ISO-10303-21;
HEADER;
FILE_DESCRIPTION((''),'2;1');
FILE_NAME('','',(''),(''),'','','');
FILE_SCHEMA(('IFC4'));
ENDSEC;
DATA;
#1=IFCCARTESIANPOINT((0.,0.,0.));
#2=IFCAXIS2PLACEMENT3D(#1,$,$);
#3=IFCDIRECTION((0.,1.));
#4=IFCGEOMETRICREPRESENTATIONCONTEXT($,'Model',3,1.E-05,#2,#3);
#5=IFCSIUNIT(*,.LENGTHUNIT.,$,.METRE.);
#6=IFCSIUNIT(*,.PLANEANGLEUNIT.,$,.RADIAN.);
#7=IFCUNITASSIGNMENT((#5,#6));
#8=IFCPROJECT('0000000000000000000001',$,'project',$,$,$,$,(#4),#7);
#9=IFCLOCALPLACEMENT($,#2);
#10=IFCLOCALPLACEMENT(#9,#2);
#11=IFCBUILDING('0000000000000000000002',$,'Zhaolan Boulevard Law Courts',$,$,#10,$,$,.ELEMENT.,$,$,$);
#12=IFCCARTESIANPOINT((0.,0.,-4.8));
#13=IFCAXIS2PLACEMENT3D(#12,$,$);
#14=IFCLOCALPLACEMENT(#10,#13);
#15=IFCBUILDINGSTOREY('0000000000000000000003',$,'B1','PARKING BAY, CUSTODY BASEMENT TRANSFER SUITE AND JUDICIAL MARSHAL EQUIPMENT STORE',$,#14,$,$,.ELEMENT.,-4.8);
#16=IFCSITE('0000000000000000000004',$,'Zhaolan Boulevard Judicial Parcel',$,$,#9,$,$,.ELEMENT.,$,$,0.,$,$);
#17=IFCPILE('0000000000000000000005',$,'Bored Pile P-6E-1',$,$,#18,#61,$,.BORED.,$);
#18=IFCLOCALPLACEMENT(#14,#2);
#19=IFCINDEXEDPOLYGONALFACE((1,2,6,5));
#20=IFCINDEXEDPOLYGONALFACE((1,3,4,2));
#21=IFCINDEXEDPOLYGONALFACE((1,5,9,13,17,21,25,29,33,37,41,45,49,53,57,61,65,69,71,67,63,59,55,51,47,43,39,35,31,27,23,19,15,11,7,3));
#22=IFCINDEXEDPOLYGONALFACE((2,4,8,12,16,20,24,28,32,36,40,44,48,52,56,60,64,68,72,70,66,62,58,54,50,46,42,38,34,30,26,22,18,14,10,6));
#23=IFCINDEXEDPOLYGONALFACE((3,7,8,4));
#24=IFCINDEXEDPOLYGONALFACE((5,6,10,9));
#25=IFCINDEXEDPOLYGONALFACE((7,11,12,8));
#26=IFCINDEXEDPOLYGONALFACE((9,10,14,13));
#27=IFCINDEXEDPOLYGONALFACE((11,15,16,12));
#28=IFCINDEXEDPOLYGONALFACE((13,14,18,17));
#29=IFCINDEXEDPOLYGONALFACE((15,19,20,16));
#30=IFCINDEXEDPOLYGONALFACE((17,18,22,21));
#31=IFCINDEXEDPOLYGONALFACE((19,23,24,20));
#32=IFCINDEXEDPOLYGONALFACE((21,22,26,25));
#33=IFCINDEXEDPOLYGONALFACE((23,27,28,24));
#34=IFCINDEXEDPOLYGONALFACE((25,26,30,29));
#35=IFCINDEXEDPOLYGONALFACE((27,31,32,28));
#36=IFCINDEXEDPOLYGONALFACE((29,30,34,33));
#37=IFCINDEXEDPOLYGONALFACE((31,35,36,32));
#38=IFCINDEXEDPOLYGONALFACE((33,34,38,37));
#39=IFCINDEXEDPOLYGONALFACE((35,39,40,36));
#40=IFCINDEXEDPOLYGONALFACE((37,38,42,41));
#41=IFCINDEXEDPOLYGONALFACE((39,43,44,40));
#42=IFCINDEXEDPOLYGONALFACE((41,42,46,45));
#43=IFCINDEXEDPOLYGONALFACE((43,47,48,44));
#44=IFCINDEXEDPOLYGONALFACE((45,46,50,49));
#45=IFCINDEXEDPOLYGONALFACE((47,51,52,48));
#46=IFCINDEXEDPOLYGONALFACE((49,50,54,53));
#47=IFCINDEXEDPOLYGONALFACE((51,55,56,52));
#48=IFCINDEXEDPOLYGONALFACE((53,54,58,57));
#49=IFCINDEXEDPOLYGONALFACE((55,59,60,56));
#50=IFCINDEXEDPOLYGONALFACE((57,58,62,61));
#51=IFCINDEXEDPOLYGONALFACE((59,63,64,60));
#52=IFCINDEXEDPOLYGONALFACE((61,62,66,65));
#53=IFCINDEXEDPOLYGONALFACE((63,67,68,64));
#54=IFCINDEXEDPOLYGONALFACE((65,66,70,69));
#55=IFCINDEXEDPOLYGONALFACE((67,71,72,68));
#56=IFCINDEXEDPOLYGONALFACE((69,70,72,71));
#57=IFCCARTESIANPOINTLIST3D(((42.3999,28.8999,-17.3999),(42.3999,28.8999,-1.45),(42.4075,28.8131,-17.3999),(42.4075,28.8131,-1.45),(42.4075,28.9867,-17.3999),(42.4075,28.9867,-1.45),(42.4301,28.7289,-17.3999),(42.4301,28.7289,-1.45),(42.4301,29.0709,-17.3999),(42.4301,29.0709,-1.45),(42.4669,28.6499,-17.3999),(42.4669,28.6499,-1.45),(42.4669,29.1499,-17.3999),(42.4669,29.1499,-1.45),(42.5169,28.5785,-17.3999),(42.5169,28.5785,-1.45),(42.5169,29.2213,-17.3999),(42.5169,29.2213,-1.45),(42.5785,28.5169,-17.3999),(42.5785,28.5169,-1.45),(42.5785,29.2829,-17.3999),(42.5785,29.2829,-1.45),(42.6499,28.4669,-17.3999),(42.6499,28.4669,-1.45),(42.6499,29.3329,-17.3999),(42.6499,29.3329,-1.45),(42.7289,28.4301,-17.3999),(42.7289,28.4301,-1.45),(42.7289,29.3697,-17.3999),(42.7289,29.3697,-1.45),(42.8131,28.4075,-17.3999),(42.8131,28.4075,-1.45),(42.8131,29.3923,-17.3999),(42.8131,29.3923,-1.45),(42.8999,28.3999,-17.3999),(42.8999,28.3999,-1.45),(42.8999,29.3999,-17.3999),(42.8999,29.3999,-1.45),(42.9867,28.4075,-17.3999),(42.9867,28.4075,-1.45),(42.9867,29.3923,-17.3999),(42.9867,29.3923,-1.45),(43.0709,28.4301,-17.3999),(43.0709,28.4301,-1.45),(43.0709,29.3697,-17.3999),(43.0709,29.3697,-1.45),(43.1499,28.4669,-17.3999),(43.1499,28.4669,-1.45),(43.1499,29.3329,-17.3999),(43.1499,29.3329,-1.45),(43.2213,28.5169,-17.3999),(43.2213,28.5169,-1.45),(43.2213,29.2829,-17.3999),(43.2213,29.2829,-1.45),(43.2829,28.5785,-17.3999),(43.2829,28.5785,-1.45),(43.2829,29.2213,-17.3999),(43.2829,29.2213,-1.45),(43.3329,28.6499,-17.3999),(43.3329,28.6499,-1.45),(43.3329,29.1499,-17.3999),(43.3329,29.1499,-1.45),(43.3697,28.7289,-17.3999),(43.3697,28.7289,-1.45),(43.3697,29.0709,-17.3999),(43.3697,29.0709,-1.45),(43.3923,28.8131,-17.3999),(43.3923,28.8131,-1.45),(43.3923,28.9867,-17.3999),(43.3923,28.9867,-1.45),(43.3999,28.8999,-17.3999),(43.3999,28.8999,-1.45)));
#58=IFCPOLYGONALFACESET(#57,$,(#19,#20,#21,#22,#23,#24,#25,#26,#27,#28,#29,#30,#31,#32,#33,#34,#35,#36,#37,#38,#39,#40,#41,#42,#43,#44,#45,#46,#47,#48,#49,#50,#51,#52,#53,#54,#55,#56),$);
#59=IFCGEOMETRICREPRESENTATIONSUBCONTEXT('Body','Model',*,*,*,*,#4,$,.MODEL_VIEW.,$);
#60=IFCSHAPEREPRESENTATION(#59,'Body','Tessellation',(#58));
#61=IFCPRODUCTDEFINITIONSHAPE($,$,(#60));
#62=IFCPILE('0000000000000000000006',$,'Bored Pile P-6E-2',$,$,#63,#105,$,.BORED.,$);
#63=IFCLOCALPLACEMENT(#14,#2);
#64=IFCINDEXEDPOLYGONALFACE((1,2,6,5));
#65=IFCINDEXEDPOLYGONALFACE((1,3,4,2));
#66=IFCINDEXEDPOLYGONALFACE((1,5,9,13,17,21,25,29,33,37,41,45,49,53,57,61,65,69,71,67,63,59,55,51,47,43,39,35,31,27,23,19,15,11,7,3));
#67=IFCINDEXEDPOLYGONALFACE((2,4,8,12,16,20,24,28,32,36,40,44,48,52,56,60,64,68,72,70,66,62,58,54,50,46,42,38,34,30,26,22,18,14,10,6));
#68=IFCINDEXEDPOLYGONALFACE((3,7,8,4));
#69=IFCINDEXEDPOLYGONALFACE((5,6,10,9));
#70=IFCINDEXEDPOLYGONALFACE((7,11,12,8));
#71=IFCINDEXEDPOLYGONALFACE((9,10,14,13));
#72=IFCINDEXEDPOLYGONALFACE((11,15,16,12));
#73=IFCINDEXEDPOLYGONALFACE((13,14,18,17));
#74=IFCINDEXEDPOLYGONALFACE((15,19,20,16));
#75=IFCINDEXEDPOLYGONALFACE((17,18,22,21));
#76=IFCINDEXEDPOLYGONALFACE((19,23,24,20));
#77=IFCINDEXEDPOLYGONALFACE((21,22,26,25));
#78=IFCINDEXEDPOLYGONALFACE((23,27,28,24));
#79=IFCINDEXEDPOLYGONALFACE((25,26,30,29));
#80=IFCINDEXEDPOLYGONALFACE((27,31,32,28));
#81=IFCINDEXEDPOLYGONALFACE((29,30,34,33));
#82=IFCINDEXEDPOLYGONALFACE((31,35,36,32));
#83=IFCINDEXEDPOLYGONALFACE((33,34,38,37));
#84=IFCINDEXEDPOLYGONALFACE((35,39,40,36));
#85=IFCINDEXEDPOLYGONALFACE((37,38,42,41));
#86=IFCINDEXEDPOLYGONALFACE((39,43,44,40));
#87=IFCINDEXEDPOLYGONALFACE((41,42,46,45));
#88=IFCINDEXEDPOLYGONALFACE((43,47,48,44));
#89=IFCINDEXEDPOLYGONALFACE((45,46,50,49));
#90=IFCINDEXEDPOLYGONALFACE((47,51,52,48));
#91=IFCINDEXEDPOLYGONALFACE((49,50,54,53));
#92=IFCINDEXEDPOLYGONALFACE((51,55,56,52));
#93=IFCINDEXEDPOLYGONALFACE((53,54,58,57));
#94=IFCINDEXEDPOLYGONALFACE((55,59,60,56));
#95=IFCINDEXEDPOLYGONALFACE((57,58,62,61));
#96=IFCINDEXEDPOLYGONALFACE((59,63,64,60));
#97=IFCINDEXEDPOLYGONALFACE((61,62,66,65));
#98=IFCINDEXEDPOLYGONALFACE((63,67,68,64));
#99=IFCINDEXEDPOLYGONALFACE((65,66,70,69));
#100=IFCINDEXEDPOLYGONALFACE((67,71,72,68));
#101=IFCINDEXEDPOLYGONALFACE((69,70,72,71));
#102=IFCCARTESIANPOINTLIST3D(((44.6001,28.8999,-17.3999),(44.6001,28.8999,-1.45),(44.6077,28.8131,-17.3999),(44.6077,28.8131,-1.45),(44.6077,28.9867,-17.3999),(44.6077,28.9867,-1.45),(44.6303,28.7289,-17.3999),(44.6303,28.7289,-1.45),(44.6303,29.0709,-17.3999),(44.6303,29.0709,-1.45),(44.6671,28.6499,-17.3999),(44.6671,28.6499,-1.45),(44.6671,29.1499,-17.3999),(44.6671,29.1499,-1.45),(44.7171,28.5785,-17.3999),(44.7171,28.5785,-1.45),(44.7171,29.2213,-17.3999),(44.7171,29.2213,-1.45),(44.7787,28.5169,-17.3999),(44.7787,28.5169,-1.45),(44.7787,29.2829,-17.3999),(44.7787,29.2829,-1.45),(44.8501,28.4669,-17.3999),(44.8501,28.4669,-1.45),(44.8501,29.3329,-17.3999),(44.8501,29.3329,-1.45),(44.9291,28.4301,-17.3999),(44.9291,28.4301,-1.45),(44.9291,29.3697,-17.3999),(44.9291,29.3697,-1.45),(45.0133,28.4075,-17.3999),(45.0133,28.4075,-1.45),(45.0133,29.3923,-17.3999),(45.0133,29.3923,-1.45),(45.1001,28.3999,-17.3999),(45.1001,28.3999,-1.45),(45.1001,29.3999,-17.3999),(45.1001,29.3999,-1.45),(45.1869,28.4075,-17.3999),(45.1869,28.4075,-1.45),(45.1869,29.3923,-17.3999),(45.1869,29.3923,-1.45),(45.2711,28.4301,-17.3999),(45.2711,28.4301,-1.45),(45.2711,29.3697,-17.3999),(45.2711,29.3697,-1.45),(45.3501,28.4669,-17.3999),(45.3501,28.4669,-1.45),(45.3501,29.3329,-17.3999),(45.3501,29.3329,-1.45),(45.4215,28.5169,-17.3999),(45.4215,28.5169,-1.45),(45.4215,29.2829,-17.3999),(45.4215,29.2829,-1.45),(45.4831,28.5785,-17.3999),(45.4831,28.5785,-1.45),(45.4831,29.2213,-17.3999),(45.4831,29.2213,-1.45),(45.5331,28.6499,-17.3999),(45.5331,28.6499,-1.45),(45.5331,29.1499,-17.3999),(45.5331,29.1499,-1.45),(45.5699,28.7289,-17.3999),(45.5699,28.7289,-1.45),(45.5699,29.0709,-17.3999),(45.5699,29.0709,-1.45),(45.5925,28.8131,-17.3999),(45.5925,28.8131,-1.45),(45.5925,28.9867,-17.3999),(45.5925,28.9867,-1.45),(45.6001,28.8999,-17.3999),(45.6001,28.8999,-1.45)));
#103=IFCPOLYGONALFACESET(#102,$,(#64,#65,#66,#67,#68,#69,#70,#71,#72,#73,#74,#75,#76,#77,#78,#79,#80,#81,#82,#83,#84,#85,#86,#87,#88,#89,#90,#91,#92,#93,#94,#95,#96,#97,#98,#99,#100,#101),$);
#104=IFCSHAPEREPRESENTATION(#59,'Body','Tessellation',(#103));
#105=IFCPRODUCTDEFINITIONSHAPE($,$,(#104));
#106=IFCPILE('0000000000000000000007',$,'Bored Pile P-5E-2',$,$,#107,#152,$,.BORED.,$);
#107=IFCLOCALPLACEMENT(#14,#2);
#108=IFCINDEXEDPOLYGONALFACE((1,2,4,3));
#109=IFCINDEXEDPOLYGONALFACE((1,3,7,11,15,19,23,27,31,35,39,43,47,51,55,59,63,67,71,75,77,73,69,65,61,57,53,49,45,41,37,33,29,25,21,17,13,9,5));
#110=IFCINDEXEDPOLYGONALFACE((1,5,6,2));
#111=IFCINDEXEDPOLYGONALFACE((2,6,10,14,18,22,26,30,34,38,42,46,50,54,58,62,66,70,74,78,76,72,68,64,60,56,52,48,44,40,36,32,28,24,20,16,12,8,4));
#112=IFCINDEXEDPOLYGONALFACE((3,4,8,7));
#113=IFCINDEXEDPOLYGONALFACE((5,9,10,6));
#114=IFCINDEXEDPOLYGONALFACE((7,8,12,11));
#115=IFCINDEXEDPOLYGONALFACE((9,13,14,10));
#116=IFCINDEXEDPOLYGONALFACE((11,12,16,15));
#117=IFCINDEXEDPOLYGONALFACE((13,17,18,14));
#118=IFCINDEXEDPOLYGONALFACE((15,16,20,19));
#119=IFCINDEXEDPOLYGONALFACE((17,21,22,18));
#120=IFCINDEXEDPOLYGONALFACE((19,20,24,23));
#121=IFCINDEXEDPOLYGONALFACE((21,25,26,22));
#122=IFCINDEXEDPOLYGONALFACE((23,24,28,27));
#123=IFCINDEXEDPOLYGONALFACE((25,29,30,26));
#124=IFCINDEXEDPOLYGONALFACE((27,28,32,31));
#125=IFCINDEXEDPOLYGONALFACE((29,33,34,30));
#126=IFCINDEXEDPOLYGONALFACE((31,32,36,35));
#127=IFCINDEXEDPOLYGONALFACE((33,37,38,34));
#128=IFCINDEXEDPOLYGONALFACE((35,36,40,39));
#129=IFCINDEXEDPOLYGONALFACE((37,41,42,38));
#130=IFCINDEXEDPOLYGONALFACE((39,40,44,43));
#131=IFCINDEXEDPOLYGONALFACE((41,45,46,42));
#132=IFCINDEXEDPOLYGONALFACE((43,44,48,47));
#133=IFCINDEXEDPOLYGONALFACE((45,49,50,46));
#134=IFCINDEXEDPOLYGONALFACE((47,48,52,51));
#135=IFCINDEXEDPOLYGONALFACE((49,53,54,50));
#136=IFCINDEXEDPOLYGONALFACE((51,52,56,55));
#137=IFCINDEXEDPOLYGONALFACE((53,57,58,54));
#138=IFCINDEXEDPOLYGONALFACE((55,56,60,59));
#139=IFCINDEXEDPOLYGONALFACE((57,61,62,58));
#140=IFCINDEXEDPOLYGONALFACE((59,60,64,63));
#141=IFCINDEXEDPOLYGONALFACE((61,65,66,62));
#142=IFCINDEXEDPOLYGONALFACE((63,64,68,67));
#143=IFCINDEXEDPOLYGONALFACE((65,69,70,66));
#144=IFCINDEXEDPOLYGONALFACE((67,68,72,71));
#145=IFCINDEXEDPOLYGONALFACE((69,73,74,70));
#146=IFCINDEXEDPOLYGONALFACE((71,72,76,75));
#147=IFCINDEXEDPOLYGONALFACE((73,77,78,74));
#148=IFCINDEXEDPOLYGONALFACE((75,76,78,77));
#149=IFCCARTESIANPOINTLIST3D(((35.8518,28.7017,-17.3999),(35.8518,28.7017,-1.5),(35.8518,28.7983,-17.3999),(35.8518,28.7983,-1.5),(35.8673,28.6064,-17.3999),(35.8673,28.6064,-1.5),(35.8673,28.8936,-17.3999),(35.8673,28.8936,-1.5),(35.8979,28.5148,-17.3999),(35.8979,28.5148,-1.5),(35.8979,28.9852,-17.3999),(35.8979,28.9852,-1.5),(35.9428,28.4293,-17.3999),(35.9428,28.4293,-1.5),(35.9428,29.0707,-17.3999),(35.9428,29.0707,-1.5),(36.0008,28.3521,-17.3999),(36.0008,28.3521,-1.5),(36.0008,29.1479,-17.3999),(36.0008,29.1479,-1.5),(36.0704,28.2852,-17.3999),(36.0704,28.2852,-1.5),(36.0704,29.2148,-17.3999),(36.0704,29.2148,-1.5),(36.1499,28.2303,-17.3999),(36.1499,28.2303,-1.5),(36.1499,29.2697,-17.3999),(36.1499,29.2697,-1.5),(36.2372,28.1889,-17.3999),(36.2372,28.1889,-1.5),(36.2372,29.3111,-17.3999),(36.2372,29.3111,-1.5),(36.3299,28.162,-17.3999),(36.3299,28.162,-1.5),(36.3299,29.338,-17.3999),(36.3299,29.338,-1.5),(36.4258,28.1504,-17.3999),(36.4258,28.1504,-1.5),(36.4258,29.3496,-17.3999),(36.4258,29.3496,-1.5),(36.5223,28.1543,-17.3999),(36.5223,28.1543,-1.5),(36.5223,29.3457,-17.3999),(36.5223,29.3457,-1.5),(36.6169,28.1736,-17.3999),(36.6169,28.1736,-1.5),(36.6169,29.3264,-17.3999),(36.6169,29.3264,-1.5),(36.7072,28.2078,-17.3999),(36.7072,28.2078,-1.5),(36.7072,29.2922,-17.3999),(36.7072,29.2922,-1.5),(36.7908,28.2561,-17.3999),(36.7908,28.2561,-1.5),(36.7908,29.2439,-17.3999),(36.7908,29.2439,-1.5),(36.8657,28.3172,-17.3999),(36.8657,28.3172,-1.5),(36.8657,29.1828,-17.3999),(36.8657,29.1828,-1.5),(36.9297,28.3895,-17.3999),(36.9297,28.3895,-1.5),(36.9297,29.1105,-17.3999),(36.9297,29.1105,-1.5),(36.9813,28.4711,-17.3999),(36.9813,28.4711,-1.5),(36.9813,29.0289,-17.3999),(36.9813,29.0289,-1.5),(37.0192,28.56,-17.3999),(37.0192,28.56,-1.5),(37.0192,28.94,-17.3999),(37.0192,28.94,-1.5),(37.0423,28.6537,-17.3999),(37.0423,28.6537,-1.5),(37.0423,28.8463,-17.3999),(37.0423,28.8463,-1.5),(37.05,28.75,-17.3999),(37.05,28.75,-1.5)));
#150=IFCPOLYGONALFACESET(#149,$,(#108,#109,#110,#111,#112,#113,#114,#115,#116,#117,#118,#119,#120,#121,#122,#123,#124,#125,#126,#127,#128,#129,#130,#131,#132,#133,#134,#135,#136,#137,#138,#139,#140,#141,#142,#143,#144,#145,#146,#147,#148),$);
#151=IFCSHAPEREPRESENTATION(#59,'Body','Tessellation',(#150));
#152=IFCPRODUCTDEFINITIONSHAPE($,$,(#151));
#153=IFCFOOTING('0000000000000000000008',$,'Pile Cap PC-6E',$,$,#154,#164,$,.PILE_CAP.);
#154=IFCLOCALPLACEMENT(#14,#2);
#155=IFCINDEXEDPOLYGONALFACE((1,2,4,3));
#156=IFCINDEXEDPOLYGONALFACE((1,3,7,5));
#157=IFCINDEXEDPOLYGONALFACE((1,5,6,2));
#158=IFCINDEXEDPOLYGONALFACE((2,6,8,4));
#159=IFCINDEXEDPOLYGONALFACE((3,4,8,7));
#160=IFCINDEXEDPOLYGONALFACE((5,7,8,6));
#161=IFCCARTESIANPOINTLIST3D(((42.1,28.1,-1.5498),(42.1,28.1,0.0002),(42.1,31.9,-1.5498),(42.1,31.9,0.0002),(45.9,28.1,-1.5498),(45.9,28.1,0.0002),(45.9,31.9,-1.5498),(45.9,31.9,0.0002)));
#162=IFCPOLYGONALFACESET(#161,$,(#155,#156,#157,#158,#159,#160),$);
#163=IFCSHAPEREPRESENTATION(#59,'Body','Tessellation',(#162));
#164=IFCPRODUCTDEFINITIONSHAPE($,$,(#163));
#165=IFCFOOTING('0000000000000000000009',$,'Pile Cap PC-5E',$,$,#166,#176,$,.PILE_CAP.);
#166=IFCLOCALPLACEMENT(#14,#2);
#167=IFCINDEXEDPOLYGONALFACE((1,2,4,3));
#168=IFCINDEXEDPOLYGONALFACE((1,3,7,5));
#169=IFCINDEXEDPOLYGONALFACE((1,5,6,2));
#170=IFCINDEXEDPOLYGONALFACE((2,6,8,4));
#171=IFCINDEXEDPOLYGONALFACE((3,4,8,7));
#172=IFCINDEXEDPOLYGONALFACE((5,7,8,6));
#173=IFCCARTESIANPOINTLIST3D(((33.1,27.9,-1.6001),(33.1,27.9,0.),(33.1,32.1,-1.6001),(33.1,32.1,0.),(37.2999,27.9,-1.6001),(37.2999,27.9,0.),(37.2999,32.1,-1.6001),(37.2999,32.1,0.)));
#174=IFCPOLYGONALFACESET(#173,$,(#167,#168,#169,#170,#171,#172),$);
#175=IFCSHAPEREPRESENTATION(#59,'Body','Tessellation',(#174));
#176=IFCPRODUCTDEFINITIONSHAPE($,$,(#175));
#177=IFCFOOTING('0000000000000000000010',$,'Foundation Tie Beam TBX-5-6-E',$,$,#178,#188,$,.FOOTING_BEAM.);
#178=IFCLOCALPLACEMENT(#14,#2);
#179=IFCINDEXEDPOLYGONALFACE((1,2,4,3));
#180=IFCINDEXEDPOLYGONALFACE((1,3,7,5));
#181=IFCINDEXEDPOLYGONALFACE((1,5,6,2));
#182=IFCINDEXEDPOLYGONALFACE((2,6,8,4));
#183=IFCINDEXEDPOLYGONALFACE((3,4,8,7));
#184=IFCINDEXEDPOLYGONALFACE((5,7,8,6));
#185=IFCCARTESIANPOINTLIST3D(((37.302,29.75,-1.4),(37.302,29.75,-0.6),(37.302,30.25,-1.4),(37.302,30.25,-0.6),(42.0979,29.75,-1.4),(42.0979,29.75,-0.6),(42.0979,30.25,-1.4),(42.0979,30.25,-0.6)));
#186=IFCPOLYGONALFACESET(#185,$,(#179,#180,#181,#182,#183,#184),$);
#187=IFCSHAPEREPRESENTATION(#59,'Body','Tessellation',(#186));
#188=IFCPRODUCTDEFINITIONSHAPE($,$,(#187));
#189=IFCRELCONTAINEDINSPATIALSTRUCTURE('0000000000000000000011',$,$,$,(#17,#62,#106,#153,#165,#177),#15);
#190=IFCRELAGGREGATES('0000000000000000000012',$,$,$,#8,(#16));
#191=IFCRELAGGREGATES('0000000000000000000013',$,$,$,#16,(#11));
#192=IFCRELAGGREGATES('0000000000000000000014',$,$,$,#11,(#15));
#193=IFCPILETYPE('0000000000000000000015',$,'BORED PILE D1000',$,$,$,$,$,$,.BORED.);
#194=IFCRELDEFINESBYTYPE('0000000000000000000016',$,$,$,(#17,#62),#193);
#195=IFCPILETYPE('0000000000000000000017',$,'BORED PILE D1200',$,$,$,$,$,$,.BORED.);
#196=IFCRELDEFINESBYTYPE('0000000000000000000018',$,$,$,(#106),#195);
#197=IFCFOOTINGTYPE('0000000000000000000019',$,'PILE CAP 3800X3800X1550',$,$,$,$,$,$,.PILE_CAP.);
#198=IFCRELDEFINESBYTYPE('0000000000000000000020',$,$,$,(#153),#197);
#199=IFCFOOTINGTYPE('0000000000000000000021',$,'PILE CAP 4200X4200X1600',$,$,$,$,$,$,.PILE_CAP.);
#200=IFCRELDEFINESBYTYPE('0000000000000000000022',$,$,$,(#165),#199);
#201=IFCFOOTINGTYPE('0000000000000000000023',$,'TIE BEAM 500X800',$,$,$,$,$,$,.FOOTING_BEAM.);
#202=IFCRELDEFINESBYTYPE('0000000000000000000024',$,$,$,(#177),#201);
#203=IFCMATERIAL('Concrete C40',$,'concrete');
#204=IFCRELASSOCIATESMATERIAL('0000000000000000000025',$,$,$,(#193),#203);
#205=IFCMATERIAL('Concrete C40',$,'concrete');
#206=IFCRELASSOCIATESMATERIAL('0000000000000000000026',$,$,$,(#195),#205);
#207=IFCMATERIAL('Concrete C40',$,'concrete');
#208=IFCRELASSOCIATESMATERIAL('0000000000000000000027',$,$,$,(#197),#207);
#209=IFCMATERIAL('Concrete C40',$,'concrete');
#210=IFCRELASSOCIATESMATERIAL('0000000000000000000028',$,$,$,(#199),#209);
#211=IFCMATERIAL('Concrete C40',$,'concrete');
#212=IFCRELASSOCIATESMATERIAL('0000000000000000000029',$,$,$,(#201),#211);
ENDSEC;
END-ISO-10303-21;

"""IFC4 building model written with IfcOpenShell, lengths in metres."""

from ifc_helpers import new_model, si_unit, direction, frame, origin, origin_2d, place, context, subcontext, project, spatial, rectangle, circle, extrude, material, material_profile, profile_set, type_object, element, save


model = new_model("IFC4")

# Units and contexts
model_context = context("Model", 3, precision=1e-05, world=origin(), true_north=direction((0.0, 1.0)))
body_context = subcontext(model_context, "Body", "Model", "MODEL_VIEW")
ifc_project = project(units=[si_unit("LENGTHUNIT", "METRE"), si_unit("PLANEANGLEUNIT", "RADIAN")], contexts=[model_context])

# Site, building, storey
site_placement = place(None, origin())
site = spatial("IfcSite", under=ifc_project, at=site_placement, Name="Zhaolan Boulevard Judicial Parcel", CompositionType="ELEMENT", RefElevation=0.0)
building_placement = place(site_placement, origin())
building = spatial("IfcBuilding", under=site, at=building_placement, Name="Zhaolan Boulevard Law Courts", CompositionType="ELEMENT")
storey_placement = place(building_placement, frame((0.0, 0.0, -4.8)))
storey = spatial("IfcBuildingStorey", under=building, at=storey_placement, Name="B1", Description="PARKING BAY, CUSTODY BASEMENT TRANSFER SUITE AND JUDICIAL MARSHAL EQUIPMENT STORE", CompositionType="ELEMENT", Elevation=-4.8)

# Piles
ifc_material_1 = material(Name="Concrete C40", Category="concrete")
ifc_material_profile_1 = material_profile(ifc_material_1, circle(Radius=0.5, at=origin_2d()), Name="PILE-D1000")
ifc_profile_set_1 = profile_set([ifc_material_profile_1], Name="Concrete C40")
pile_type_1 = type_object("IfcPileType", Name="BORED PILE D1000", PredefinedType="BORED", material=ifc_profile_set_1)
for number, where, z_axis, x_axis, name in (
    (1, (42.8999, 28.8999, -1.45), (0.0, 0.0, -1.0), (1.0, 0.0, 0.0), "Bored Pile P-6E-1"),
    (2, (45.1001, 28.8999, -1.45), (0.0, 0.0, -1.0), (1.0, 0.0, 0.0), "Bored Pile P-6E-2"),
):
    element("IfcPile", number, at=place(storey_placement, frame(where, z_axis=z_axis, x_axis=x_axis)), inside=storey, type_object=pile_type_1, Name=name, PredefinedType="BORED", context=body_context, shape_type="SweptSolid", body=[
        extrude(circle(Radius=0.5, at=origin_2d()), origin(), (0.0, 0.0, 1.0), 15.95),
    ])
ifc_material_2 = material(Name="Concrete C40", Category="concrete")
ifc_material_profile_2 = material_profile(ifc_material_2, circle(Radius=0.6001, at=origin_2d()), Name="PILE-D1200")
ifc_profile_set_2 = profile_set([ifc_material_profile_2], Name="Concrete C40")
pile_type_2 = type_object("IfcPileType", Name="BORED PILE D1200", PredefinedType="BORED", material=ifc_profile_set_2)
pile_placement = place(storey_placement, frame((36.45, 28.75, -1.5), z_axis=(0.0, 0.0, -1.0), x_axis=(1.0, 0.0, 0.0)))
element("IfcPile", 3, at=pile_placement, inside=storey, type_object=pile_type_2, Name="Bored Pile P-5E-2", PredefinedType="BORED", context=body_context, shape_type="SweptSolid", body=[
    extrude(circle(Radius=0.6001, at=origin_2d()), origin(), (0.0, 0.0, 1.0), 15.8999),
])

# Footings
ifc_material_3 = material(Name="Concrete C40", Category="concrete")
footing_type_1 = type_object("IfcFootingType", Name="PILE CAP 3800X3800X1550", PredefinedType="PILE_CAP", material=ifc_material_3)
footing_1_placement = place(storey_placement, frame((44.0, 30.0, -1.5498), z_axis=(0.0, 0.0, 1.0), x_axis=(1.0, 0.0, 0.0)))
element("IfcFooting", 4, at=footing_1_placement, inside=storey, type_object=footing_type_1, Name="Pile Cap PC-6E", PredefinedType="PILE_CAP", context=body_context, shape_type="SweptSolid", body=[
    extrude(rectangle(XDim=3.8, YDim=3.8, at=origin_2d()), origin(), (0.0, 0.0, 1.0), 1.55),
])
ifc_material_4 = material(Name="Concrete C40", Category="concrete")
footing_type_2 = type_object("IfcFootingType", Name="PILE CAP 4200X4200X1600", PredefinedType="PILE_CAP", material=ifc_material_4)
footing_2_placement = place(storey_placement, frame((35.2, 30.0, -1.6001), z_axis=(0.0, 0.0, 1.0), x_axis=(1.0, 0.0, 0.0)))
element("IfcFooting", 5, at=footing_2_placement, inside=storey, type_object=footing_type_2, Name="Pile Cap PC-5E", PredefinedType="PILE_CAP", context=body_context, shape_type="SweptSolid", body=[
    extrude(rectangle(XDim=4.2, YDim=4.2, at=origin_2d()), origin(), (0.0, 0.0, 1.0), 1.6001),
])
ifc_material_5 = material(Name="Concrete C40", Category="concrete")
ifc_material_profile_3 = material_profile(ifc_material_5, rectangle(XDim=0.5, YDim=0.8, at=origin_2d()), Name="RC500x800")
ifc_profile_set_3 = profile_set([ifc_material_profile_3], Name="Concrete C40")
footing_type_3 = type_object("IfcFootingType", Name="TIE BEAM 500X800", PredefinedType="FOOTING_BEAM", material=ifc_profile_set_3)
footing_3_placement = place(storey_placement, frame((37.302, 30.0, -1.0), z_axis=(1.0, 0.0, 0.0), x_axis=(0.0, 1.0, 0.0)))
element("IfcFooting", 6, at=footing_3_placement, inside=storey, type_object=footing_type_3, Name="Foundation Tie Beam TBX-5-6-E", PredefinedType="FOOTING_BEAM", context=body_context, shape_type="SweptSolid", body=[
    extrude(rectangle(XDim=0.5, YDim=0.8, at=origin_2d()), origin(), (0.0, 0.0, 1.0), 4.7959),
])

save(model, "model.ifc")
